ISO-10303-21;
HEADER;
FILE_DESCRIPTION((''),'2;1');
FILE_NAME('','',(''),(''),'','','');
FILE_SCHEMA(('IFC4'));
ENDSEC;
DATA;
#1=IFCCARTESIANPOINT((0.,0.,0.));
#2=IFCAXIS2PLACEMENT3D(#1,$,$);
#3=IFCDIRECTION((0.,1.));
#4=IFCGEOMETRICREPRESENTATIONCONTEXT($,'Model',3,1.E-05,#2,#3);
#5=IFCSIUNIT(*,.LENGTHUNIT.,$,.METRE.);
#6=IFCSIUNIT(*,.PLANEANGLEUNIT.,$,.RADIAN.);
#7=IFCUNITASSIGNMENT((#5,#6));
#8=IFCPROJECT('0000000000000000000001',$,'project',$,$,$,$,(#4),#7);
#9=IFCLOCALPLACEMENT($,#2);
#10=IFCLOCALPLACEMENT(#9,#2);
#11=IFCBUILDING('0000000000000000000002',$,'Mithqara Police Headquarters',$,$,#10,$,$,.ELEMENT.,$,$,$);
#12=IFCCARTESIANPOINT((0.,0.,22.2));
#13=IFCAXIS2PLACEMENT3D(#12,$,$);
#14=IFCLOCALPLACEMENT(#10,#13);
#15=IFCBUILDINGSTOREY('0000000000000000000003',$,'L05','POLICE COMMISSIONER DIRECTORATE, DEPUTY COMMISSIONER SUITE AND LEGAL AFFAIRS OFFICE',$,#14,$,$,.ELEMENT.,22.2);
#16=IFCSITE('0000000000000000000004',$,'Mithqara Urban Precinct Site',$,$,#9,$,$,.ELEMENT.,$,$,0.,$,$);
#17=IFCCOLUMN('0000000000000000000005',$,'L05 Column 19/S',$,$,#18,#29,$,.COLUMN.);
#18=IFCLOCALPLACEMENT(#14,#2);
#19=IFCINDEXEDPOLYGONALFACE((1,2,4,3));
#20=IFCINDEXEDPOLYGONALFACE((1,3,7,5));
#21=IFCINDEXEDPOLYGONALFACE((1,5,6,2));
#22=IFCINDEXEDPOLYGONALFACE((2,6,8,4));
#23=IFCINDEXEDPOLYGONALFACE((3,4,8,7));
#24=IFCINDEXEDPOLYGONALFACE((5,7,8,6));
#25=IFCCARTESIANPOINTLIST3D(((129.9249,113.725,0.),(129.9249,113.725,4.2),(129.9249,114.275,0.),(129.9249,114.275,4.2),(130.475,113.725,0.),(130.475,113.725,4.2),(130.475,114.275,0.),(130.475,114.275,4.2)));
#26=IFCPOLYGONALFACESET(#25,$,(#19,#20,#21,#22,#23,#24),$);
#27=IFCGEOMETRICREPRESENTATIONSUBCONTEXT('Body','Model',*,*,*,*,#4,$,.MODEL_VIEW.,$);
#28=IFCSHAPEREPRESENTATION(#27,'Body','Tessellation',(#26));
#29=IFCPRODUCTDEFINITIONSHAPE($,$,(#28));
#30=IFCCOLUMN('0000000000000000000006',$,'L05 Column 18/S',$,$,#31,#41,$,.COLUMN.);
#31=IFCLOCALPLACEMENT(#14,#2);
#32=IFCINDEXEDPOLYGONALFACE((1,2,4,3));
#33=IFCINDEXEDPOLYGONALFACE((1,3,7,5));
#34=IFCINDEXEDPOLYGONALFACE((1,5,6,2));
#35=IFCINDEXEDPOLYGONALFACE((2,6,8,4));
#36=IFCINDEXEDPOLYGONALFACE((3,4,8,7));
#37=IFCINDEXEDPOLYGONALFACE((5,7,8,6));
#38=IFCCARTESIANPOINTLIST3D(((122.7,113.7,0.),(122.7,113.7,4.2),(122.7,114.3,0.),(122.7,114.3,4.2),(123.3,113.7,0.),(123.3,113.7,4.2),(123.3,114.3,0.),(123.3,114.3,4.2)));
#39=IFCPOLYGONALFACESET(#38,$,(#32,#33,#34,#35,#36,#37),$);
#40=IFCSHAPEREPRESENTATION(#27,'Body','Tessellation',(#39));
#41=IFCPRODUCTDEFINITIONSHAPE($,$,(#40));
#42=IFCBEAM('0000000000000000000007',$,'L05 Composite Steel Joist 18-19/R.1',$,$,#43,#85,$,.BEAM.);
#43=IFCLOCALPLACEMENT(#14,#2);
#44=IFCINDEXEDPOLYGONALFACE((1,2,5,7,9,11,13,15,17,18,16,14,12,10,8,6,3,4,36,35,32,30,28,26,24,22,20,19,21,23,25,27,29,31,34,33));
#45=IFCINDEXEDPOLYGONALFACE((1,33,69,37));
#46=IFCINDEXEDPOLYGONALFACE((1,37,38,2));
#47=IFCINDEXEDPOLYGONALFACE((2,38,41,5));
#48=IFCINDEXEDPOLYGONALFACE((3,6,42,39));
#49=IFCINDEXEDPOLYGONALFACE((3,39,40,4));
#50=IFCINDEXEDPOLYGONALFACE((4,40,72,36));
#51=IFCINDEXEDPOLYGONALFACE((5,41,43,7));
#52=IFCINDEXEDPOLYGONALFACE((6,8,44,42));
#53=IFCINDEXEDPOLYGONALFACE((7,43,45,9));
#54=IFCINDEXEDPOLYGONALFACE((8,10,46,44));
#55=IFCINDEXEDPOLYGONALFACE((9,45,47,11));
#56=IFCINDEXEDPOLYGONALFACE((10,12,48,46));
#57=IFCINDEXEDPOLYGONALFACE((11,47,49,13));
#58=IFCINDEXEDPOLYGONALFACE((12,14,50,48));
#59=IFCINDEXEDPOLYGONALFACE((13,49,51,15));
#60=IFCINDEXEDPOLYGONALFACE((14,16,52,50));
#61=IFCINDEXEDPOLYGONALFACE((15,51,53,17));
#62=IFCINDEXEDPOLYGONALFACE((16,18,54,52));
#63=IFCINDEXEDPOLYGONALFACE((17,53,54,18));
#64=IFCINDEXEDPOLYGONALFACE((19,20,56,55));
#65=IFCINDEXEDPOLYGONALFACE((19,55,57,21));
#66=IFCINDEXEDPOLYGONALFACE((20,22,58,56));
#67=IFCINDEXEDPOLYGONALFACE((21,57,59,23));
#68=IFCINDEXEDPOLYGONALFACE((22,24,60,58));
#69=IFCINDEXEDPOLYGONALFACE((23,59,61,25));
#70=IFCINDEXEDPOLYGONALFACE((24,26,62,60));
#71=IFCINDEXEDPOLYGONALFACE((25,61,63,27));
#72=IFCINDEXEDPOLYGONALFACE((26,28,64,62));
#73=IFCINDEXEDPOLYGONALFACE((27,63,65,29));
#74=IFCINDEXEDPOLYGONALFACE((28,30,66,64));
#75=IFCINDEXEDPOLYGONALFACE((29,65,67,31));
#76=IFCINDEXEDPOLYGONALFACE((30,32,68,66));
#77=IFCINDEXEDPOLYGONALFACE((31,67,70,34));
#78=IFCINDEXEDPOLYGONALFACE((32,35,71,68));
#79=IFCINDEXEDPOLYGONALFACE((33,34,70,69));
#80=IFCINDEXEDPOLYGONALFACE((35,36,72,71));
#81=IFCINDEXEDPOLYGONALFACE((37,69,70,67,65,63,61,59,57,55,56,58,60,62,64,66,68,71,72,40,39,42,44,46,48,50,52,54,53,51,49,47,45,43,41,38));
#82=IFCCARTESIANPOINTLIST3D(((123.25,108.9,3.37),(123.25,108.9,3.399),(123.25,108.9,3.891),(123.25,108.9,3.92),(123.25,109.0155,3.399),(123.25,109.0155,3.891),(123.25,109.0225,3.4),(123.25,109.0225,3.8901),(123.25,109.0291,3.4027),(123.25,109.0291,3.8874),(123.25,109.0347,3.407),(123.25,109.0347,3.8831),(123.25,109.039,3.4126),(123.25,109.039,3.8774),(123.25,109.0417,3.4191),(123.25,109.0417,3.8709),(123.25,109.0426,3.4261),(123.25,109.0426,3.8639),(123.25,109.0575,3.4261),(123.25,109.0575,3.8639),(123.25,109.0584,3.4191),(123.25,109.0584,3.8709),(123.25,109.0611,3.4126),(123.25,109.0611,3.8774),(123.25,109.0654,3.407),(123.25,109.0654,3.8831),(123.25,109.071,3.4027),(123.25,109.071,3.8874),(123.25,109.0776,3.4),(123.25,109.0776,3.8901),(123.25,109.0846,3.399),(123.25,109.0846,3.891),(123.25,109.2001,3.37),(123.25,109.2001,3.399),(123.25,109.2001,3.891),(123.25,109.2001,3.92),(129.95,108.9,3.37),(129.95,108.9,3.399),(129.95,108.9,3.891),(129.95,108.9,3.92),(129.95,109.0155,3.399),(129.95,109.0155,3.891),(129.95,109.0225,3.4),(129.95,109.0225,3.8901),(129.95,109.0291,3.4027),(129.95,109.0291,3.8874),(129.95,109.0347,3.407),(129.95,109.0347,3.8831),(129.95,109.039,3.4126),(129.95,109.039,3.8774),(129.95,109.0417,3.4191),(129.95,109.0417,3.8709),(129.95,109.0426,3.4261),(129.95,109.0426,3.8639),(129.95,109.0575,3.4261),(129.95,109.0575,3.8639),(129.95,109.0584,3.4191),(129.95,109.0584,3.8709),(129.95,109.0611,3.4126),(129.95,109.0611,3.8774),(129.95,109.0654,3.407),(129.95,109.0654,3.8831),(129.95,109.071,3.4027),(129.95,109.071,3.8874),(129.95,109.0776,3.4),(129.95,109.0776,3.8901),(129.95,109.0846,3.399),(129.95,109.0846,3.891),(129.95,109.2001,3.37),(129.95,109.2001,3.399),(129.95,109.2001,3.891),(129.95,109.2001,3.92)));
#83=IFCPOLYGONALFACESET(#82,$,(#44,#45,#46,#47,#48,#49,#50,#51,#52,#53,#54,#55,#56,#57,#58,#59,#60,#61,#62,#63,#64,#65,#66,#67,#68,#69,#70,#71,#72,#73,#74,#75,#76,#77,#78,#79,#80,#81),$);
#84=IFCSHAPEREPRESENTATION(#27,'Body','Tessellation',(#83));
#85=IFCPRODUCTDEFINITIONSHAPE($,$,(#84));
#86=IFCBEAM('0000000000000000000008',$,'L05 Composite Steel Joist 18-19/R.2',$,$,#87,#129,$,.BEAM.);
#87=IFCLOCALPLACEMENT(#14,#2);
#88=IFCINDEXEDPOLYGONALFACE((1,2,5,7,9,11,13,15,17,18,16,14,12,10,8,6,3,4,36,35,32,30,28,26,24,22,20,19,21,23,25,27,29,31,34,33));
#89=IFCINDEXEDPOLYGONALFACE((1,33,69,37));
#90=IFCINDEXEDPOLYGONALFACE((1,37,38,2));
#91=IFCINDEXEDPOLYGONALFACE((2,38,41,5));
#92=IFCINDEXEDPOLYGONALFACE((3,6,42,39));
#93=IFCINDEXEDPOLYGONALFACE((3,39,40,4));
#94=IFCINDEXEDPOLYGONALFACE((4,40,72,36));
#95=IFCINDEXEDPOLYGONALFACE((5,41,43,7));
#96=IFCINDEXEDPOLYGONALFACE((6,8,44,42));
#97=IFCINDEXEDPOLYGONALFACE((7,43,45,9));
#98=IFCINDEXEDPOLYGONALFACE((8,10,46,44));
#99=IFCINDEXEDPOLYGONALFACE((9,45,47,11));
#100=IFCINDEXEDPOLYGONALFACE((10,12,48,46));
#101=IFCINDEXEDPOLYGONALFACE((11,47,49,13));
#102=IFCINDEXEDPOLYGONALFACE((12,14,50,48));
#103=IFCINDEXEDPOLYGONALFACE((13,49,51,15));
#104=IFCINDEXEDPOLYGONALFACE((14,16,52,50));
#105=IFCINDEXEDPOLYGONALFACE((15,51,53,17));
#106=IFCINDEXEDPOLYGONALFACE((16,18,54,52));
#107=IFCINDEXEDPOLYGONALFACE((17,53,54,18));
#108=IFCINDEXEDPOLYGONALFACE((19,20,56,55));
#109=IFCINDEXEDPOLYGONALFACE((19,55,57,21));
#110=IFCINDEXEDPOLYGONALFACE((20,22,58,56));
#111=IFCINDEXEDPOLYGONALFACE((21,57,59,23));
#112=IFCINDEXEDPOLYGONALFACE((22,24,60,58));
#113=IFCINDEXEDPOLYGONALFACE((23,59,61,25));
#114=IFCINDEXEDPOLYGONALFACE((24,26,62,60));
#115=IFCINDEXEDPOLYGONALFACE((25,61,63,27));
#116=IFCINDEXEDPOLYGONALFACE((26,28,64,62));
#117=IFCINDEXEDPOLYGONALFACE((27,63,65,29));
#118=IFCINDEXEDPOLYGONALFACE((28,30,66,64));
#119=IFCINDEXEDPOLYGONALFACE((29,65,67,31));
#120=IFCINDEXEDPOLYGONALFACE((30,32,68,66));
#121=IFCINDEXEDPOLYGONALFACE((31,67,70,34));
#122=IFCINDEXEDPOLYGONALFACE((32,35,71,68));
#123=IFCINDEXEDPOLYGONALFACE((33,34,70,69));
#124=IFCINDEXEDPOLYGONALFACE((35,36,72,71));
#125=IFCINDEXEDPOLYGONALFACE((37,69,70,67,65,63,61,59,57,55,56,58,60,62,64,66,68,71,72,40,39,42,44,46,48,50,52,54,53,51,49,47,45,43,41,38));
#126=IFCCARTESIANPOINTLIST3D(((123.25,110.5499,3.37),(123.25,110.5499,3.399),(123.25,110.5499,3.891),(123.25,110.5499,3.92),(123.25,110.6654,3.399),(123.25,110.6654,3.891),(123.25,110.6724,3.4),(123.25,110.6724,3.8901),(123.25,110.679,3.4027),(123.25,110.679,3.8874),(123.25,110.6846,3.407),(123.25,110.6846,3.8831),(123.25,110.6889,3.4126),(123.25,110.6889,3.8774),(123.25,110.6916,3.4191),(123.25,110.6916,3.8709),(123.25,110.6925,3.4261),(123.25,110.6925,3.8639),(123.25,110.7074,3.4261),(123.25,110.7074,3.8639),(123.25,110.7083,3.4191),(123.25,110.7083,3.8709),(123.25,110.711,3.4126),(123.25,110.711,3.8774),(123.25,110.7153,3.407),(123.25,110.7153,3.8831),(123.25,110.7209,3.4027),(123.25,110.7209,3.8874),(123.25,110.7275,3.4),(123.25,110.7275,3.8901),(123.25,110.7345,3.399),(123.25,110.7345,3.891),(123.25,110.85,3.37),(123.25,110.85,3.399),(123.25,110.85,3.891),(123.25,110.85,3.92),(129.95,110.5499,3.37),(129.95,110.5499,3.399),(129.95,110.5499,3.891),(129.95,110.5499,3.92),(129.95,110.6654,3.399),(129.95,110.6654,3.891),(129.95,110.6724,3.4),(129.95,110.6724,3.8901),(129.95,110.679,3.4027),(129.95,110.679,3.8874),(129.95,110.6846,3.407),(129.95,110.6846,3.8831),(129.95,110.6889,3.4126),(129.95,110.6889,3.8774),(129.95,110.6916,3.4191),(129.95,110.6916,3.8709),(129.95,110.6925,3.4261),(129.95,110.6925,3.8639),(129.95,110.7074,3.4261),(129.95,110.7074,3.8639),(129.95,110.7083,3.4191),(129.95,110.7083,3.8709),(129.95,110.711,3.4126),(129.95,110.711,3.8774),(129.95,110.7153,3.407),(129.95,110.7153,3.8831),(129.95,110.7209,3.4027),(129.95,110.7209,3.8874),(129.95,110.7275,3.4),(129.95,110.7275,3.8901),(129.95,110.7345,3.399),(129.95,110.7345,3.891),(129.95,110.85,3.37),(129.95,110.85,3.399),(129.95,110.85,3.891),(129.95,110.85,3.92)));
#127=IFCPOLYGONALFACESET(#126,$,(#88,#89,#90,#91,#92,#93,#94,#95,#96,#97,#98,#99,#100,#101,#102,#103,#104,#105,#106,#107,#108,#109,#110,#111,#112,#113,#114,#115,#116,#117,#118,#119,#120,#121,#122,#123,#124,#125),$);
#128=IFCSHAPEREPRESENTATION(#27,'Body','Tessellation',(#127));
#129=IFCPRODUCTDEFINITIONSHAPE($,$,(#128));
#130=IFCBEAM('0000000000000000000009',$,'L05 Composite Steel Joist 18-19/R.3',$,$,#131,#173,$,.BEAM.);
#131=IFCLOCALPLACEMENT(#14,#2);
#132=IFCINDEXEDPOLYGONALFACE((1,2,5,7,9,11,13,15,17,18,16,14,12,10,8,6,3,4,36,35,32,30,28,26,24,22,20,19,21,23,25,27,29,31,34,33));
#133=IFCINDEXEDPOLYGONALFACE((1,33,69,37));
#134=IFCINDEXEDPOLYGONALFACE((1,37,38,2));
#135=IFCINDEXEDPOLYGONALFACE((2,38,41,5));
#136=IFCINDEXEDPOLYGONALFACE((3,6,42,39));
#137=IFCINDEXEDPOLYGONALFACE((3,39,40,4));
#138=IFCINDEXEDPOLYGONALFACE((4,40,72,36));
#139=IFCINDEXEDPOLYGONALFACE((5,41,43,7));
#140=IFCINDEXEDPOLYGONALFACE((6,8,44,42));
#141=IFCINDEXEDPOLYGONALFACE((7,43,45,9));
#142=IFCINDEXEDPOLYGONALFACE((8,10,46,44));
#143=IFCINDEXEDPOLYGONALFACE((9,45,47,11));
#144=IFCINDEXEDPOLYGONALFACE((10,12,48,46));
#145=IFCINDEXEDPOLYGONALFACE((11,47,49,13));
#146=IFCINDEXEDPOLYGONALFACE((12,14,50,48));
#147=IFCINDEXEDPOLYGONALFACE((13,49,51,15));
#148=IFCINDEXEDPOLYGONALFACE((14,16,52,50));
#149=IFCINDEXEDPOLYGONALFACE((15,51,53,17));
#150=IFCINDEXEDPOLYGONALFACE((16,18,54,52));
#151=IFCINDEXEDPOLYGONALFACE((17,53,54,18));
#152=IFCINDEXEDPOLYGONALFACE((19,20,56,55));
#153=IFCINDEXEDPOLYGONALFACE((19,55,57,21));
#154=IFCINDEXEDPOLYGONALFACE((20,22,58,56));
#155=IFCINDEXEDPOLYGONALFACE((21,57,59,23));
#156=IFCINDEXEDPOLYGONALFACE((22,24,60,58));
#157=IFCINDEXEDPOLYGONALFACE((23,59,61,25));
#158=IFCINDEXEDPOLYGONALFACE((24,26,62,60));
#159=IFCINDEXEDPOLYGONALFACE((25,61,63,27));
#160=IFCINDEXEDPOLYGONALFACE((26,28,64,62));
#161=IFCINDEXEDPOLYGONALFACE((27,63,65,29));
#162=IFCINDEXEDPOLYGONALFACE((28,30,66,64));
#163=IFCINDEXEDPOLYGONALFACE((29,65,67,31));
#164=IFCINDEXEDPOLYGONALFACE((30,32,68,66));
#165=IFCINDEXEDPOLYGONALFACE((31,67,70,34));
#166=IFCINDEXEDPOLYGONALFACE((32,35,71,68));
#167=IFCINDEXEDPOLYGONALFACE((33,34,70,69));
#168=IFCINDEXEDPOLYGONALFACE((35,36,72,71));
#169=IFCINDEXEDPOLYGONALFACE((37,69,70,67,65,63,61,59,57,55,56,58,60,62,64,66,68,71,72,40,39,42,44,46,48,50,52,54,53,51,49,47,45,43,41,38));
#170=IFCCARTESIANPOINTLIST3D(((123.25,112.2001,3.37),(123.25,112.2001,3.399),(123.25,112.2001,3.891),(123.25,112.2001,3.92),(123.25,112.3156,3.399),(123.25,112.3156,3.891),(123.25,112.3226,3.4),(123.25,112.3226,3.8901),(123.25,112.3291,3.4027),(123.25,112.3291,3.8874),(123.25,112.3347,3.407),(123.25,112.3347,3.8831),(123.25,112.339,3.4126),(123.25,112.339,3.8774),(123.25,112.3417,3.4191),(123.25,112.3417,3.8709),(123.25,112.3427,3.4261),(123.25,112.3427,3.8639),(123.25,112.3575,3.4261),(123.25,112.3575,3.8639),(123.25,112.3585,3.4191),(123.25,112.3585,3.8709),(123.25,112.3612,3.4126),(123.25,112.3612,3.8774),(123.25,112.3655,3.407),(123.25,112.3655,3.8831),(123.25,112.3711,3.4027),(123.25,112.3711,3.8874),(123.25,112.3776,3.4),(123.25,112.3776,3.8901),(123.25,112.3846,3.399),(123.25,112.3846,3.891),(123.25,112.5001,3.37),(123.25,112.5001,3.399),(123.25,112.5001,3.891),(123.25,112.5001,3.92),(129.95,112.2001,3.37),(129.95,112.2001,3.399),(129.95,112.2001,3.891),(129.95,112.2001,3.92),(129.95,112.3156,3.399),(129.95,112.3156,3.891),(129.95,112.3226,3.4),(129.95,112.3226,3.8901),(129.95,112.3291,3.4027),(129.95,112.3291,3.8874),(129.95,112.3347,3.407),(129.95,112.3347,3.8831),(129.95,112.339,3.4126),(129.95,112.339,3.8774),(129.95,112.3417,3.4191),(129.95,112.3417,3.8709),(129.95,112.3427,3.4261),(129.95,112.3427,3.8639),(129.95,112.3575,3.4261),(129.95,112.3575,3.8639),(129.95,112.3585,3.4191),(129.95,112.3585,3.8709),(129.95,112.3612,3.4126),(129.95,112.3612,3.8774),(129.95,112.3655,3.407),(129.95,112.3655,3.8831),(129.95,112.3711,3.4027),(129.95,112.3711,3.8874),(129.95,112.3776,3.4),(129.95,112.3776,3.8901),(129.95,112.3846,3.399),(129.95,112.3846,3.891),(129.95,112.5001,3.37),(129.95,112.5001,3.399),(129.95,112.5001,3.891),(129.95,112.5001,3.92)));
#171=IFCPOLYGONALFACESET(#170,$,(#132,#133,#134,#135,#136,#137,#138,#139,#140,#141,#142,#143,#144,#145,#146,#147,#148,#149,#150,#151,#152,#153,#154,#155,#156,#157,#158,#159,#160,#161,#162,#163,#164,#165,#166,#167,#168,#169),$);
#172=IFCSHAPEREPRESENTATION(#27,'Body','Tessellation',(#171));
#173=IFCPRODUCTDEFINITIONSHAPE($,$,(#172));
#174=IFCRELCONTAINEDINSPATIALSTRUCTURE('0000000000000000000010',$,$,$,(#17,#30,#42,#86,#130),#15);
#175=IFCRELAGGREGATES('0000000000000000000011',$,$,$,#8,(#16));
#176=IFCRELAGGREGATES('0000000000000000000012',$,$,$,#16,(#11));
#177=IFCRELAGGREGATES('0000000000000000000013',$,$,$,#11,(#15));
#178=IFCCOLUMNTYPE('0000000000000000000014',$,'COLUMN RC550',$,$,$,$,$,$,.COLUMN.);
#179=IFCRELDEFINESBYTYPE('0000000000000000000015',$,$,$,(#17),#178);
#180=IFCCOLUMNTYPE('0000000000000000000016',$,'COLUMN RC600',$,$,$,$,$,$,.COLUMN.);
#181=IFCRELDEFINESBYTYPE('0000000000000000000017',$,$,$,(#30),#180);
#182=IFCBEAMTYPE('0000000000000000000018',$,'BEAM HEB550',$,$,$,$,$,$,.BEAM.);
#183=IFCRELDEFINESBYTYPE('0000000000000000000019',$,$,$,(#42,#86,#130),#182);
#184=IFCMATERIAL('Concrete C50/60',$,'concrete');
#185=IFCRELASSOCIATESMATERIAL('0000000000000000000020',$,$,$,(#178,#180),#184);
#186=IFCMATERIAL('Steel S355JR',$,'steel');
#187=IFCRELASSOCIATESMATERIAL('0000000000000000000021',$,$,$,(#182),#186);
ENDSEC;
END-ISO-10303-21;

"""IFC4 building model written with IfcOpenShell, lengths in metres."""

from ifc_helpers import new_model, si_unit, direction, frame, origin, origin_2d, place, context, subcontext, project, spatial, rectangle, i_section, extrude, material, material_profile, profile_set, type_object, element, save


model = new_model("IFC4")

# Units and contexts
model_context = context("Model", 3, precision=1e-05, world=origin(), true_north=direction((0.0, 1.0)))
body_context = subcontext(model_context, "Body", "Model", "MODEL_VIEW")
ifc_project = project(units=[si_unit("LENGTHUNIT", "METRE"), si_unit("PLANEANGLEUNIT", "RADIAN")], contexts=[model_context])

# Site, building, storey
site_placement = place(None, origin())
site = spatial("IfcSite", under=ifc_project, at=site_placement, Name="Mithqara Urban Precinct Site", CompositionType="ELEMENT", RefElevation=0.0)
building_placement = place(site_placement, origin())
building = spatial("IfcBuilding", under=site, at=building_placement, Name="Mithqara Police Headquarters", CompositionType="ELEMENT")
storey_placement = place(building_placement, frame((0.0, 0.0, 22.2)))
storey = spatial("IfcBuildingStorey", under=building, at=storey_placement, Name="L05", Description="POLICE COMMISSIONER DIRECTORATE, DEPUTY COMMISSIONER SUITE AND LEGAL AFFAIRS OFFICE", CompositionType="ELEMENT", Elevation=22.2)

# Columns
ifc_material_1 = material(Name="Concrete C50/60", Category="concrete")
ifc_material_profile_1 = material_profile(ifc_material_1, rectangle(XDim=0.55, YDim=0.55, at=origin_2d()), Name="RC 550x550")
ifc_profile_set_1 = profile_set([ifc_material_profile_1], Name="Concrete C50/60")
column_type_1 = type_object("IfcColumnType", Name="COLUMN RC550", PredefinedType="COLUMN", material=ifc_profile_set_1)
column_1_placement = place(storey_placement, frame((130.2, 114.0, 0.0), z_axis=(0.0, 0.0, 1.0), x_axis=(1.0, 0.0, 0.0)))
element("IfcColumn", 1, at=column_1_placement, inside=storey, type_object=column_type_1, Name="L05 Column 19/S", PredefinedType="COLUMN", context=body_context, shape_type="SweptSolid", body=[
    extrude(rectangle(XDim=0.55, YDim=0.55, at=origin_2d()), origin(), (0.0, 0.0, 1.0), 4.2),
])
ifc_material_profile_2 = material_profile(ifc_material_1, rectangle(XDim=0.6001, YDim=0.6001, at=origin_2d()), Name="RC 600x600")
ifc_profile_set_2 = profile_set([ifc_material_profile_2], Name="Concrete C50/60")
column_type_2 = type_object("IfcColumnType", Name="COLUMN RC600", PredefinedType="COLUMN", material=ifc_profile_set_2)
column_2_placement = place(storey_placement, frame((123.0, 114.0, 0.0), z_axis=(0.0, 0.0, 1.0), x_axis=(1.0, 0.0, 0.0)))
element("IfcColumn", 2, at=column_2_placement, inside=storey, type_object=column_type_2, Name="L05 Column 18/S", PredefinedType="COLUMN", context=body_context, shape_type="SweptSolid", body=[
    extrude(rectangle(XDim=0.6001, YDim=0.6001, at=origin_2d()), origin(), (0.0, 0.0, 1.0), 4.2),
])

# Beams
ifc_material_2 = material(Name="Steel S355JR", Category="steel")
ifc_material_profile_3 = material_profile(ifc_material_2, i_section(OverallWidth=0.3, OverallDepth=0.55, WebThickness=0.0149, FlangeThickness=0.0291, FilletRadius=0.0271, at=origin_2d()), Name="HEB 550")
ifc_profile_set_3 = profile_set([ifc_material_profile_3], Name="Steel S355JR")
beam_type_1 = type_object("IfcBeamType", Name="BEAM HEB550", PredefinedType="BEAM", material=ifc_profile_set_3)
for number, where, z_axis, x_axis, name in (
    (3, (123.25, 109.05, 3.645), (1.0, 0.0, 0.0), (0.0, 1.0, 0.0), "L05 Composite Steel Joist 18-19/R.1"),
    (4, (123.25, 110.7, 3.645), (1.0, 0.0, 0.0), (0.0, 1.0, 0.0), "L05 Composite Steel Joist 18-19/R.2"),
    (5, (123.25, 112.3501, 3.645), (1.0, 0.0, 0.0), (0.0, 1.0, 0.0), "L05 Composite Steel Joist 18-19/R.3"),
):
    element("IfcBeam", number, at=place(storey_placement, frame(where, z_axis=z_axis, x_axis=x_axis)), inside=storey, type_object=beam_type_1, Name=name, PredefinedType="BEAM", context=body_context, shape_type="SweptSolid", body=[
        extrude(i_section(OverallWidth=0.3, OverallDepth=0.55, WebThickness=0.0149, FlangeThickness=0.0291, FilletRadius=0.0271, at=origin_2d()), origin(), (0.0, 0.0, 1.0), 6.7),
    ])

save(model, "model.ifc")
